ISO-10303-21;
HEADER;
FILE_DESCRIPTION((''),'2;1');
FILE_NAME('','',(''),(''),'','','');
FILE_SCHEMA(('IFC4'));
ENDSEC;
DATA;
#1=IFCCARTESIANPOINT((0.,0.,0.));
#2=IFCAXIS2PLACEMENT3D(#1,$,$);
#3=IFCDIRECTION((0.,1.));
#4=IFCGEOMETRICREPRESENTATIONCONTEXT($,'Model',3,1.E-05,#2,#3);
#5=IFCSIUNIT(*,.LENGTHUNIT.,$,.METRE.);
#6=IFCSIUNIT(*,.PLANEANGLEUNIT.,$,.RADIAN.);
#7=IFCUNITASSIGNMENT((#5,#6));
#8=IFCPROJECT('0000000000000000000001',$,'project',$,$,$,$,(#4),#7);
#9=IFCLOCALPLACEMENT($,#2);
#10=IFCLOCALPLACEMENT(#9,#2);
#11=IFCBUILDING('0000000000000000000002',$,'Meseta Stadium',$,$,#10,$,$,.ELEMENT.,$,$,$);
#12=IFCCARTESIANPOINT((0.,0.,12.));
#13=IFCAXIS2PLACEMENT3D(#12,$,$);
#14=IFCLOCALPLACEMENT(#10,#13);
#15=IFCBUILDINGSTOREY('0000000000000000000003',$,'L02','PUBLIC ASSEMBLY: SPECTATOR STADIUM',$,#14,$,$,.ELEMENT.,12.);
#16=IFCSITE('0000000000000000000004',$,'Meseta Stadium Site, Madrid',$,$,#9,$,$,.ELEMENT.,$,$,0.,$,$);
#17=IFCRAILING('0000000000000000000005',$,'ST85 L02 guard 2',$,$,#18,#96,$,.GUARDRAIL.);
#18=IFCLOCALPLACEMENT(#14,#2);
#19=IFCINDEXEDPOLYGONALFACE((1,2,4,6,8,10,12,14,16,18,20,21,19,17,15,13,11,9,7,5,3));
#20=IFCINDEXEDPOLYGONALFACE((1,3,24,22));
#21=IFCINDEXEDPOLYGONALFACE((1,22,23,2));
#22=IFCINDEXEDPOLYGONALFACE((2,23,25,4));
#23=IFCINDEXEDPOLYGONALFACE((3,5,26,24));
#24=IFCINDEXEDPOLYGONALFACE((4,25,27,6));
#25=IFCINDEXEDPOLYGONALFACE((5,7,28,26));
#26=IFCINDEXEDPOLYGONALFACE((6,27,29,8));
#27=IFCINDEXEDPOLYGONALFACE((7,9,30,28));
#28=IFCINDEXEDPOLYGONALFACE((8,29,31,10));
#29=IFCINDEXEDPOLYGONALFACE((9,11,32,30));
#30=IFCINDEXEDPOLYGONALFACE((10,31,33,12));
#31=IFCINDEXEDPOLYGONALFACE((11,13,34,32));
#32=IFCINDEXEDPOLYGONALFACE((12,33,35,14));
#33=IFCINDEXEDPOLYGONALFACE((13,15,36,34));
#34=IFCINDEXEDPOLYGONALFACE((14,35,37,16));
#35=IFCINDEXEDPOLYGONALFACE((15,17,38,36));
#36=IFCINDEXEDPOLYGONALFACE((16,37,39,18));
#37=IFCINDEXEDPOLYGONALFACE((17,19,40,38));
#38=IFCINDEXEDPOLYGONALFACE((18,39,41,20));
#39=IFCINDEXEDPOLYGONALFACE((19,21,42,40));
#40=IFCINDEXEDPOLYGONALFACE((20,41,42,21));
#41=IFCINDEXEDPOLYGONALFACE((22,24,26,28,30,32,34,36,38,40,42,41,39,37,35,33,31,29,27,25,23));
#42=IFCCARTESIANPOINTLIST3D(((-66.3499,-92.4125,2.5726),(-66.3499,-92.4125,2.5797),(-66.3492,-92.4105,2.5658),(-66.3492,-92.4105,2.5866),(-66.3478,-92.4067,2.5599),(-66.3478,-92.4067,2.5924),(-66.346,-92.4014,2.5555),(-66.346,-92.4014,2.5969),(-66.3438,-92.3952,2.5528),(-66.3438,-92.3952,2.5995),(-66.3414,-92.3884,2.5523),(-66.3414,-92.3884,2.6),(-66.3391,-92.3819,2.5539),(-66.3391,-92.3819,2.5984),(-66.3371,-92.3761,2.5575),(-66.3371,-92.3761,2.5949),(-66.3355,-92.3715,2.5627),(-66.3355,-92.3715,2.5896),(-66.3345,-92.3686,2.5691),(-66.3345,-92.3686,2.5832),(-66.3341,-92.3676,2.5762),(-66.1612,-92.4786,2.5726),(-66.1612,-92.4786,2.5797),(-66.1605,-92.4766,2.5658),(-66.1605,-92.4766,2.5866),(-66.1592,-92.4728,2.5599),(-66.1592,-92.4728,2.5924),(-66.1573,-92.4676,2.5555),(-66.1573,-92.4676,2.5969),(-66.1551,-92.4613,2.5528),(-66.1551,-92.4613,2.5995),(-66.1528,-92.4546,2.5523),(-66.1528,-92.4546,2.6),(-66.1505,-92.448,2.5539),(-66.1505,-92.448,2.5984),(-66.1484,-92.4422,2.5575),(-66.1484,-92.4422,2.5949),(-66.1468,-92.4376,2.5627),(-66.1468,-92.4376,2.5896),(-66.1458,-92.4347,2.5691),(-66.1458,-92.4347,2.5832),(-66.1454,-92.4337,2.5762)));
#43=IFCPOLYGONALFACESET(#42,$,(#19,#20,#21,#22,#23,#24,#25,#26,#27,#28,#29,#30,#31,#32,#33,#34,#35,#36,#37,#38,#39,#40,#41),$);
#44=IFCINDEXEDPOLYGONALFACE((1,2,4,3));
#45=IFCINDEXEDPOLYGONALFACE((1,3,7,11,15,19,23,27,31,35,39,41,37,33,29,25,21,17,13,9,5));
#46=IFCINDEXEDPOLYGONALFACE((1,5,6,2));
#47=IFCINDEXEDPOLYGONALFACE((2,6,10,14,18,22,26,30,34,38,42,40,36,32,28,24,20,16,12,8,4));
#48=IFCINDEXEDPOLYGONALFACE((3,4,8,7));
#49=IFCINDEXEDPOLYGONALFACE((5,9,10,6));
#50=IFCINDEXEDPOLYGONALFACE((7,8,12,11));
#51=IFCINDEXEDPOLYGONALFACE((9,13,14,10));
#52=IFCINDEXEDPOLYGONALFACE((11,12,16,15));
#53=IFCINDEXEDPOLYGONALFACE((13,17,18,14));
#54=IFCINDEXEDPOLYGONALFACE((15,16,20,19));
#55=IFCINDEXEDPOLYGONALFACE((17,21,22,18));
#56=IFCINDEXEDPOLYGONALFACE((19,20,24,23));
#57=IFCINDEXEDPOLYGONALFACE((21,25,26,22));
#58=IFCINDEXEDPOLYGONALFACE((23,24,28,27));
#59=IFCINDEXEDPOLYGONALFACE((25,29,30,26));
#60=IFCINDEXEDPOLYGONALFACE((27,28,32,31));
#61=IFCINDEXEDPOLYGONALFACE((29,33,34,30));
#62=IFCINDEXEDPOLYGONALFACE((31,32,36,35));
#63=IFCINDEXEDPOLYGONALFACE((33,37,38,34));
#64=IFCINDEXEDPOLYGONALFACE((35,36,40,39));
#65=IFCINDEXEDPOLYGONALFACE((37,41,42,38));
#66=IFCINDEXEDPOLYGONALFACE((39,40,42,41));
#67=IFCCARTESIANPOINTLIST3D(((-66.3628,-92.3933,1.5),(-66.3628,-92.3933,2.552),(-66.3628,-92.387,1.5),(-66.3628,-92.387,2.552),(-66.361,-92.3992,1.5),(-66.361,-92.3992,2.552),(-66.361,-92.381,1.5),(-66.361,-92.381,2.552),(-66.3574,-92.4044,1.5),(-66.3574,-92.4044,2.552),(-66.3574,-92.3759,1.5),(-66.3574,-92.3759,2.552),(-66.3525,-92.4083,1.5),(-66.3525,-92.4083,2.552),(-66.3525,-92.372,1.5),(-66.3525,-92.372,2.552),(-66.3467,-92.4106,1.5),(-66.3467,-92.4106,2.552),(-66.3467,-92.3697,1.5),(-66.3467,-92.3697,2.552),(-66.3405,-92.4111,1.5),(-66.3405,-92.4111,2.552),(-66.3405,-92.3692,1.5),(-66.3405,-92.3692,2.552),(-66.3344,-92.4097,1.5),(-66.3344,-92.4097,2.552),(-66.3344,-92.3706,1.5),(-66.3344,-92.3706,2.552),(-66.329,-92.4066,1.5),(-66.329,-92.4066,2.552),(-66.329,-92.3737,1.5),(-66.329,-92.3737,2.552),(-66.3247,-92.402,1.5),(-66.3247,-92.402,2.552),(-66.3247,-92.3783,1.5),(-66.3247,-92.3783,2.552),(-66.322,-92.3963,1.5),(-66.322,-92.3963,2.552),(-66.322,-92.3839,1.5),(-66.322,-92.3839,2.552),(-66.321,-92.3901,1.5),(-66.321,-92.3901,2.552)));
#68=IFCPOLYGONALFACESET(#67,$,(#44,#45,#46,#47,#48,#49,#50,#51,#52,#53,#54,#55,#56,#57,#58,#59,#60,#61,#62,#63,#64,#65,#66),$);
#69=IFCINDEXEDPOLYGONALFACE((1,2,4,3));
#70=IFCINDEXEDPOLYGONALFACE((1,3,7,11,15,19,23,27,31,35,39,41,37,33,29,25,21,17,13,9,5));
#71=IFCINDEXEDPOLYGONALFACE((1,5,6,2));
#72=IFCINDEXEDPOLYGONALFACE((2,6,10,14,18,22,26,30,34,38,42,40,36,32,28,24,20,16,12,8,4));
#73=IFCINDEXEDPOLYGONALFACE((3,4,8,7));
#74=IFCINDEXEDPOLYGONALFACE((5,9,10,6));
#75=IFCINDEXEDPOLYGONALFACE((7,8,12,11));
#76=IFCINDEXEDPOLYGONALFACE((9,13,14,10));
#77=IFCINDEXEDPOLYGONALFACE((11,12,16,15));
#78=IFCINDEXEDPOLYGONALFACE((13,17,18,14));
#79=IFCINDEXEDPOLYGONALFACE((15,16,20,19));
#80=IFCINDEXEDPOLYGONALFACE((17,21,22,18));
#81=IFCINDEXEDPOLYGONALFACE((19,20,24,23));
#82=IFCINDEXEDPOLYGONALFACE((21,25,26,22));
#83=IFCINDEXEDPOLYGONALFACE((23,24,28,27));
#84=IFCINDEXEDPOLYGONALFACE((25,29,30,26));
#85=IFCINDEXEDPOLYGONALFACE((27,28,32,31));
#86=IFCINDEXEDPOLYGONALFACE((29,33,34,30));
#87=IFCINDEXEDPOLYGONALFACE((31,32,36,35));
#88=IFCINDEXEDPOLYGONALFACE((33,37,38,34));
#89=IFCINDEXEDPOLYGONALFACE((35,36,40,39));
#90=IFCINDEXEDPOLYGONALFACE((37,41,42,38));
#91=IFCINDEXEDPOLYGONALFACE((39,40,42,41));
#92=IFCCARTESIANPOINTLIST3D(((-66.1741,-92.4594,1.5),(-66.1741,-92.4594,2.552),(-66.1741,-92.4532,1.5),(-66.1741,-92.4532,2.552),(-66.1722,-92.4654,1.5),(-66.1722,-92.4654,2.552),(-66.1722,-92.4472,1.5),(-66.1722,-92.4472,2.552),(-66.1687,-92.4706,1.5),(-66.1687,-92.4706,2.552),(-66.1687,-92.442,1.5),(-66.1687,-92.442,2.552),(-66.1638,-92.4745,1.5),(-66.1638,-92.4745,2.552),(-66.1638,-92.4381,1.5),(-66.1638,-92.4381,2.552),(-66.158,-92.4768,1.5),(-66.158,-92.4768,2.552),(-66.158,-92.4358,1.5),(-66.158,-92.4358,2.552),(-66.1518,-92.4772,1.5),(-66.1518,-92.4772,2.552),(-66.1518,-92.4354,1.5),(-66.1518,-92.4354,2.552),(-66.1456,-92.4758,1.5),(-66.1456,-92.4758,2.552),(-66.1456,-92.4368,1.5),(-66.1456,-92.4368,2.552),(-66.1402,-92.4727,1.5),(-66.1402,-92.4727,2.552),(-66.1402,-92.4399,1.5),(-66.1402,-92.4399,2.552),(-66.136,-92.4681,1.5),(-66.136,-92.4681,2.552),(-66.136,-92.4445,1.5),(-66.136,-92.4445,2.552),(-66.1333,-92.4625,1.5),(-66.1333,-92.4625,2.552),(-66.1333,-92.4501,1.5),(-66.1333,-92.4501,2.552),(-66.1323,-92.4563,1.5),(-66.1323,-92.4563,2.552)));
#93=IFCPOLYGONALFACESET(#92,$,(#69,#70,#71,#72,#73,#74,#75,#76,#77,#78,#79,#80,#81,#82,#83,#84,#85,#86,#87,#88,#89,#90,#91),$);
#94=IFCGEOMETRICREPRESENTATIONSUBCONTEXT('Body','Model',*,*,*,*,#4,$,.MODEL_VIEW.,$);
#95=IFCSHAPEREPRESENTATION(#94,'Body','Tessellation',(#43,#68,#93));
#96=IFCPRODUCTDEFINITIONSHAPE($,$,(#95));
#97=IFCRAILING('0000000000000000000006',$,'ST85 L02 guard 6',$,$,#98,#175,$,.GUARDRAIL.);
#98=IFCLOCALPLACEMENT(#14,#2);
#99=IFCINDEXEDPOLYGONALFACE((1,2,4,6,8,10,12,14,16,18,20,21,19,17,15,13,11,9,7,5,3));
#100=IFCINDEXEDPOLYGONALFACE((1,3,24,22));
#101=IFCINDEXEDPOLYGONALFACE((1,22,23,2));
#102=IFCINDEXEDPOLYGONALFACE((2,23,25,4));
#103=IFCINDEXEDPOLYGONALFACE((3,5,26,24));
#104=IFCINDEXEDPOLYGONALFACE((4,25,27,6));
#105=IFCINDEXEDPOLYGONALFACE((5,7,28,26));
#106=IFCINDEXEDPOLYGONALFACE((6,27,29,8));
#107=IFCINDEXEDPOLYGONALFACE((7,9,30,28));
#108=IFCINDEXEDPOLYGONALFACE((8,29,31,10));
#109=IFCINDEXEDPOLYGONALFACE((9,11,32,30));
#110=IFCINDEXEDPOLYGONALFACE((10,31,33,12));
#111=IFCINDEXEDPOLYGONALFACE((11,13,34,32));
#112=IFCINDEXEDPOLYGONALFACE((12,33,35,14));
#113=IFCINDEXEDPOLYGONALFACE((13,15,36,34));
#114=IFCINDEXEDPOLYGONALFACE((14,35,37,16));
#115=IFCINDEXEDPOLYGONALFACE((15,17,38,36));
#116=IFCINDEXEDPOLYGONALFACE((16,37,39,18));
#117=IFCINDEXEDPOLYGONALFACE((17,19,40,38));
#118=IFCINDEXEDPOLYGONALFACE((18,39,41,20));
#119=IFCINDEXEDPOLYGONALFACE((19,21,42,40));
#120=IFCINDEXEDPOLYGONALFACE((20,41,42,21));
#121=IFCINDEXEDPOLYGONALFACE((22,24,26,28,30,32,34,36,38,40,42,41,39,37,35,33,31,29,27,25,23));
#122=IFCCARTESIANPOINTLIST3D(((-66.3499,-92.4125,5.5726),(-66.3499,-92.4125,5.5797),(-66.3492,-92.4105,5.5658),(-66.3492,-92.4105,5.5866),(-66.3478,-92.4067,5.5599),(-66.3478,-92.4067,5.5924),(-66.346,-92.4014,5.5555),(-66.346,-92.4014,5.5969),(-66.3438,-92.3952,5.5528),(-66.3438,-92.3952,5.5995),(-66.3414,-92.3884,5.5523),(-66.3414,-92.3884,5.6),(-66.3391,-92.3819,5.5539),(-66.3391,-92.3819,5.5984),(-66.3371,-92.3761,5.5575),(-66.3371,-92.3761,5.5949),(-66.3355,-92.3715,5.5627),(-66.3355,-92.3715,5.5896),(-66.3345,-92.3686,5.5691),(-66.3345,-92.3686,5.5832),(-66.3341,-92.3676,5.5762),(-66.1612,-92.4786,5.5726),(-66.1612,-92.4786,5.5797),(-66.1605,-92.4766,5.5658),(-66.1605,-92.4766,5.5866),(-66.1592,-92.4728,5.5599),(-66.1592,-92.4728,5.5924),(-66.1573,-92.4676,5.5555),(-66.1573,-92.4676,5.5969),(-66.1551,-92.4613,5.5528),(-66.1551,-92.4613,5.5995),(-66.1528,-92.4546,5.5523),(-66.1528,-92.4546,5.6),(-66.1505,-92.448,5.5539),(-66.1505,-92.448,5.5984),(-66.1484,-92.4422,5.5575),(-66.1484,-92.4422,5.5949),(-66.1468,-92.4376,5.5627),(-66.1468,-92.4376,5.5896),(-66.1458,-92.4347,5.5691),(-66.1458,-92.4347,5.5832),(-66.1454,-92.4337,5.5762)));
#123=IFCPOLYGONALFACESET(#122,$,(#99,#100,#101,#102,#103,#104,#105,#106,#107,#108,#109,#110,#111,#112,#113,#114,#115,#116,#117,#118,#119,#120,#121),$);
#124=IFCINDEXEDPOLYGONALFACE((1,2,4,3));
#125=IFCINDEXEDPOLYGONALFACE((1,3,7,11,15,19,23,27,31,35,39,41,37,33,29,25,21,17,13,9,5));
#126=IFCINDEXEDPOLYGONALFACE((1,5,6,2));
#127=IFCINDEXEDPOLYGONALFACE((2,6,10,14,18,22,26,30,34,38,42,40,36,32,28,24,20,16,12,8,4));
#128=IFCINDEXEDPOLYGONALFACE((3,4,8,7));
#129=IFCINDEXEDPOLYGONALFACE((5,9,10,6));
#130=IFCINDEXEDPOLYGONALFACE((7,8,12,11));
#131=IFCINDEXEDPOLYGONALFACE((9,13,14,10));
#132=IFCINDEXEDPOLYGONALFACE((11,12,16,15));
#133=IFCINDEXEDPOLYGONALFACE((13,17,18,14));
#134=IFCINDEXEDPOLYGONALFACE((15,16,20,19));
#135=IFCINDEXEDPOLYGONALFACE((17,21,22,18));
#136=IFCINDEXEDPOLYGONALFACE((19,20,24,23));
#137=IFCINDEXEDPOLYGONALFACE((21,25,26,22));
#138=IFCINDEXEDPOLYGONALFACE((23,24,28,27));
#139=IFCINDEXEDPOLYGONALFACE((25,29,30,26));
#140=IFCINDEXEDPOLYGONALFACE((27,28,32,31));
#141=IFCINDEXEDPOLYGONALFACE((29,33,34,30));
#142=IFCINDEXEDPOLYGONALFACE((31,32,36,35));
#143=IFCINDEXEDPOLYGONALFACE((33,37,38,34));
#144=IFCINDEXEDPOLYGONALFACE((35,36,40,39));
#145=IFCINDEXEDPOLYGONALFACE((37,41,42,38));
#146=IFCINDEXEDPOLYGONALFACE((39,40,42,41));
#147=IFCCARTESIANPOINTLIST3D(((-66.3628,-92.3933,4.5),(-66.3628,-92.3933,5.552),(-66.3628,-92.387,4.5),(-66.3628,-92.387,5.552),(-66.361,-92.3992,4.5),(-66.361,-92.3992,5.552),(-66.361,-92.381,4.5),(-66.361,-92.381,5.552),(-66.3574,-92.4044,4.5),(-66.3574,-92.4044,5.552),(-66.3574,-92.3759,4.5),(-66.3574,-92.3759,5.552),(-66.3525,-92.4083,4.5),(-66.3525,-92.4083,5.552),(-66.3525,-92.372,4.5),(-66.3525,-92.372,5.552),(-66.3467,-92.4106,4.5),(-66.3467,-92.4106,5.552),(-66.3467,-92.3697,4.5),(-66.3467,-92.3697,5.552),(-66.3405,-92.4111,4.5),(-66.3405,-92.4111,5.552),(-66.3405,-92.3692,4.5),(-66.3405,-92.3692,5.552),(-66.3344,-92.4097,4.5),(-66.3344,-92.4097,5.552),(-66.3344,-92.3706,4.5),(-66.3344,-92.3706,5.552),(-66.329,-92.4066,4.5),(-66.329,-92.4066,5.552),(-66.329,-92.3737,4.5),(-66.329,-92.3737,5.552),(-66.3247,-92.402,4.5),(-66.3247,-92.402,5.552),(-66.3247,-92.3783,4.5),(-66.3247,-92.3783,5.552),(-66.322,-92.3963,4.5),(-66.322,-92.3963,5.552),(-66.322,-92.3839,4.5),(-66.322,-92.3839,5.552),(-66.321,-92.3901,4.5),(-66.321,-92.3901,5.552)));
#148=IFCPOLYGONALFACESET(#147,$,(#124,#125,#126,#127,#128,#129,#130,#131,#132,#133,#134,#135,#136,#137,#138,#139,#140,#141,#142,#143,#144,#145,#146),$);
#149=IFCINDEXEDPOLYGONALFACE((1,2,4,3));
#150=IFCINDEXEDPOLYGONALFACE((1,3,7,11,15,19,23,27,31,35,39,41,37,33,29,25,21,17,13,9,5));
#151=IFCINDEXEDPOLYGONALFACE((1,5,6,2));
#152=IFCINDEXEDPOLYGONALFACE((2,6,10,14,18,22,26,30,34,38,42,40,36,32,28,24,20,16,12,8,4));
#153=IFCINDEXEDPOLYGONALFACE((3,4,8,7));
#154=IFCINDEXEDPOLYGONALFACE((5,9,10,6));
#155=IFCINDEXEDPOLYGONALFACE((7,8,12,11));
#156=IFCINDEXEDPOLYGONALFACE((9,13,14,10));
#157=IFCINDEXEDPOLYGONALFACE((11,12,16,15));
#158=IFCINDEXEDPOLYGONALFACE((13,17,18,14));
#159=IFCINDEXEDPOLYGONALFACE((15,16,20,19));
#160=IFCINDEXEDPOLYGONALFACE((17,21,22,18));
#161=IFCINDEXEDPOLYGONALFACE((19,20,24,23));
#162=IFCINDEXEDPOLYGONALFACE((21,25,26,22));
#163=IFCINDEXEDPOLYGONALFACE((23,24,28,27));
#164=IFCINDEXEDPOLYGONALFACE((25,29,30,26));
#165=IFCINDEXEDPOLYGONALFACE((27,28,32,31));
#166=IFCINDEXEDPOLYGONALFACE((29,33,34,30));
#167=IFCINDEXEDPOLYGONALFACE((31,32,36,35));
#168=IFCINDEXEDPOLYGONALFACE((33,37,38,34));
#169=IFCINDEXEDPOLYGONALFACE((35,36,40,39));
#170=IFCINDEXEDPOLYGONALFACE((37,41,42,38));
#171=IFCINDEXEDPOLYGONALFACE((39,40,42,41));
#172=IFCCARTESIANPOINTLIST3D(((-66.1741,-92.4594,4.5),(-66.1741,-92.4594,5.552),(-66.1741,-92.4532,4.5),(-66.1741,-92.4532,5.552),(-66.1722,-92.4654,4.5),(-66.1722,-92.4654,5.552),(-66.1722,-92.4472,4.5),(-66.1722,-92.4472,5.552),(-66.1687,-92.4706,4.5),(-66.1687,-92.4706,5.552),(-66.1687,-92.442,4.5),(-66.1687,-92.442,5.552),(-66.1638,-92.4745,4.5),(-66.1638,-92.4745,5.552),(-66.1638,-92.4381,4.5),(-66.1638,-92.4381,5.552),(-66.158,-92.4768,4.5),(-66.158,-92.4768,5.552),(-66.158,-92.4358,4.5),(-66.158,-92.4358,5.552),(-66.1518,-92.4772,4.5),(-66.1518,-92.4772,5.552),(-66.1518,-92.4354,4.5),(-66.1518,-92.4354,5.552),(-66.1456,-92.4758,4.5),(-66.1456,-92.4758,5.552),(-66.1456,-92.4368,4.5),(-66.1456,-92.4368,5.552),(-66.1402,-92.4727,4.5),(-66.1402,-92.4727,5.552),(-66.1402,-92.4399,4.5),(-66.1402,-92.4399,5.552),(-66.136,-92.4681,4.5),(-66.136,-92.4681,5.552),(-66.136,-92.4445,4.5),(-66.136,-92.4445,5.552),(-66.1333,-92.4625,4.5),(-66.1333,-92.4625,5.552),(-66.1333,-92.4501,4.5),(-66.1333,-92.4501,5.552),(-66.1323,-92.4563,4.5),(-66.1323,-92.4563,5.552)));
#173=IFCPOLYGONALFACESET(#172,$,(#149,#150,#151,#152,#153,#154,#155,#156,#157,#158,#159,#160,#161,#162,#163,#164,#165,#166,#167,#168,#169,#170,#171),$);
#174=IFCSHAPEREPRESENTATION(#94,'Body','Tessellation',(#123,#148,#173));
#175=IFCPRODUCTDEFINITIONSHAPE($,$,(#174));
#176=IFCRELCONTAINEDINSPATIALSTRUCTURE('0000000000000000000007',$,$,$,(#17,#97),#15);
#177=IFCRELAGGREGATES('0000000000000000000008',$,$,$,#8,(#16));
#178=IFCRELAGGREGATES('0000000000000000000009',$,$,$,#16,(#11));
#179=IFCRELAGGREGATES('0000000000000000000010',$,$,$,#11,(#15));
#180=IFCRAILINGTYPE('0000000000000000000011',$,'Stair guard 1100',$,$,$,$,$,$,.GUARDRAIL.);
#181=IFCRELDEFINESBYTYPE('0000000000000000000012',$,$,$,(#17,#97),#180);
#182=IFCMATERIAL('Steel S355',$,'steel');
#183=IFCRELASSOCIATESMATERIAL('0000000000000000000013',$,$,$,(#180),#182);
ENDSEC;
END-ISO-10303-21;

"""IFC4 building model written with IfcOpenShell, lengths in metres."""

from ifc_helpers import new_model, si_unit, direction, frame, origin, origin_2d, place, context, subcontext, project, spatial, circle, extrude, material, type_object, element, save


model = new_model("IFC4")

# Units and contexts
model_context = context("Model", 3, precision=1e-05, world=origin(), true_north=direction((0.0, 1.0)))
body_context = subcontext(model_context, "Body", "Model", "MODEL_VIEW")
ifc_project = project(units=[si_unit("LENGTHUNIT", "METRE"), si_unit("PLANEANGLEUNIT", "RADIAN")], contexts=[model_context])

# Site, building, storey
site_placement = place(None, origin())
site = spatial("IfcSite", under=ifc_project, at=site_placement, Name="Meseta Stadium Site, Madrid", CompositionType="ELEMENT", RefElevation=0.0)
building_placement = place(site_placement, origin())
building = spatial("IfcBuilding", under=site, at=building_placement, Name="Meseta Stadium", CompositionType="ELEMENT")
storey_placement = place(building_placement, frame((0.0, 0.0, 12.0)))
storey = spatial("IfcBuildingStorey", under=building, at=storey_placement, Name="L02", Description="PUBLIC ASSEMBLY: SPECTATOR STADIUM", CompositionType="ELEMENT", Elevation=12.0)

# Railings
ifc_material_1 = material(Name="Steel S355", Category="steel")
railing_type_1 = type_object("IfcRailingType", Name="Stair guard 1100", PredefinedType="GUARDRAIL", material=ifc_material_1)
for number, where, name in (
    (1, (-66.342, -92.3901, 1.5), "ST85 L02 guard 2"),
    (2, (-66.342, -92.3901, 4.5), "ST85 L02 guard 6"),
):
    element("IfcRailing", number, at=place(storey_placement, frame(where)), inside=storey, type_object=railing_type_1, Name=name, PredefinedType="GUARDRAIL", context=body_context, shape_type="SweptSolid", body=[
        extrude(circle(Radius=0.0239, at=origin_2d()), frame((0.0, 0.0, 1.0762), z_axis=(0.943687, -0.33084, 0.0), x_axis=(0.33084, 0.943687, 0.0)), (0.0, 0.0, 1.0), 0.2),
        extrude(circle(Radius=0.021, at=origin_2d()), origin(), (0.0, 0.0, 1.0), 1.052),
        extrude(circle(Radius=0.021, at=origin_2d()), frame((0.1887, -0.0662, 0.0)), (0.0, 0.0, 1.0), 1.052),
    ])

save(model, "model.ifc")
